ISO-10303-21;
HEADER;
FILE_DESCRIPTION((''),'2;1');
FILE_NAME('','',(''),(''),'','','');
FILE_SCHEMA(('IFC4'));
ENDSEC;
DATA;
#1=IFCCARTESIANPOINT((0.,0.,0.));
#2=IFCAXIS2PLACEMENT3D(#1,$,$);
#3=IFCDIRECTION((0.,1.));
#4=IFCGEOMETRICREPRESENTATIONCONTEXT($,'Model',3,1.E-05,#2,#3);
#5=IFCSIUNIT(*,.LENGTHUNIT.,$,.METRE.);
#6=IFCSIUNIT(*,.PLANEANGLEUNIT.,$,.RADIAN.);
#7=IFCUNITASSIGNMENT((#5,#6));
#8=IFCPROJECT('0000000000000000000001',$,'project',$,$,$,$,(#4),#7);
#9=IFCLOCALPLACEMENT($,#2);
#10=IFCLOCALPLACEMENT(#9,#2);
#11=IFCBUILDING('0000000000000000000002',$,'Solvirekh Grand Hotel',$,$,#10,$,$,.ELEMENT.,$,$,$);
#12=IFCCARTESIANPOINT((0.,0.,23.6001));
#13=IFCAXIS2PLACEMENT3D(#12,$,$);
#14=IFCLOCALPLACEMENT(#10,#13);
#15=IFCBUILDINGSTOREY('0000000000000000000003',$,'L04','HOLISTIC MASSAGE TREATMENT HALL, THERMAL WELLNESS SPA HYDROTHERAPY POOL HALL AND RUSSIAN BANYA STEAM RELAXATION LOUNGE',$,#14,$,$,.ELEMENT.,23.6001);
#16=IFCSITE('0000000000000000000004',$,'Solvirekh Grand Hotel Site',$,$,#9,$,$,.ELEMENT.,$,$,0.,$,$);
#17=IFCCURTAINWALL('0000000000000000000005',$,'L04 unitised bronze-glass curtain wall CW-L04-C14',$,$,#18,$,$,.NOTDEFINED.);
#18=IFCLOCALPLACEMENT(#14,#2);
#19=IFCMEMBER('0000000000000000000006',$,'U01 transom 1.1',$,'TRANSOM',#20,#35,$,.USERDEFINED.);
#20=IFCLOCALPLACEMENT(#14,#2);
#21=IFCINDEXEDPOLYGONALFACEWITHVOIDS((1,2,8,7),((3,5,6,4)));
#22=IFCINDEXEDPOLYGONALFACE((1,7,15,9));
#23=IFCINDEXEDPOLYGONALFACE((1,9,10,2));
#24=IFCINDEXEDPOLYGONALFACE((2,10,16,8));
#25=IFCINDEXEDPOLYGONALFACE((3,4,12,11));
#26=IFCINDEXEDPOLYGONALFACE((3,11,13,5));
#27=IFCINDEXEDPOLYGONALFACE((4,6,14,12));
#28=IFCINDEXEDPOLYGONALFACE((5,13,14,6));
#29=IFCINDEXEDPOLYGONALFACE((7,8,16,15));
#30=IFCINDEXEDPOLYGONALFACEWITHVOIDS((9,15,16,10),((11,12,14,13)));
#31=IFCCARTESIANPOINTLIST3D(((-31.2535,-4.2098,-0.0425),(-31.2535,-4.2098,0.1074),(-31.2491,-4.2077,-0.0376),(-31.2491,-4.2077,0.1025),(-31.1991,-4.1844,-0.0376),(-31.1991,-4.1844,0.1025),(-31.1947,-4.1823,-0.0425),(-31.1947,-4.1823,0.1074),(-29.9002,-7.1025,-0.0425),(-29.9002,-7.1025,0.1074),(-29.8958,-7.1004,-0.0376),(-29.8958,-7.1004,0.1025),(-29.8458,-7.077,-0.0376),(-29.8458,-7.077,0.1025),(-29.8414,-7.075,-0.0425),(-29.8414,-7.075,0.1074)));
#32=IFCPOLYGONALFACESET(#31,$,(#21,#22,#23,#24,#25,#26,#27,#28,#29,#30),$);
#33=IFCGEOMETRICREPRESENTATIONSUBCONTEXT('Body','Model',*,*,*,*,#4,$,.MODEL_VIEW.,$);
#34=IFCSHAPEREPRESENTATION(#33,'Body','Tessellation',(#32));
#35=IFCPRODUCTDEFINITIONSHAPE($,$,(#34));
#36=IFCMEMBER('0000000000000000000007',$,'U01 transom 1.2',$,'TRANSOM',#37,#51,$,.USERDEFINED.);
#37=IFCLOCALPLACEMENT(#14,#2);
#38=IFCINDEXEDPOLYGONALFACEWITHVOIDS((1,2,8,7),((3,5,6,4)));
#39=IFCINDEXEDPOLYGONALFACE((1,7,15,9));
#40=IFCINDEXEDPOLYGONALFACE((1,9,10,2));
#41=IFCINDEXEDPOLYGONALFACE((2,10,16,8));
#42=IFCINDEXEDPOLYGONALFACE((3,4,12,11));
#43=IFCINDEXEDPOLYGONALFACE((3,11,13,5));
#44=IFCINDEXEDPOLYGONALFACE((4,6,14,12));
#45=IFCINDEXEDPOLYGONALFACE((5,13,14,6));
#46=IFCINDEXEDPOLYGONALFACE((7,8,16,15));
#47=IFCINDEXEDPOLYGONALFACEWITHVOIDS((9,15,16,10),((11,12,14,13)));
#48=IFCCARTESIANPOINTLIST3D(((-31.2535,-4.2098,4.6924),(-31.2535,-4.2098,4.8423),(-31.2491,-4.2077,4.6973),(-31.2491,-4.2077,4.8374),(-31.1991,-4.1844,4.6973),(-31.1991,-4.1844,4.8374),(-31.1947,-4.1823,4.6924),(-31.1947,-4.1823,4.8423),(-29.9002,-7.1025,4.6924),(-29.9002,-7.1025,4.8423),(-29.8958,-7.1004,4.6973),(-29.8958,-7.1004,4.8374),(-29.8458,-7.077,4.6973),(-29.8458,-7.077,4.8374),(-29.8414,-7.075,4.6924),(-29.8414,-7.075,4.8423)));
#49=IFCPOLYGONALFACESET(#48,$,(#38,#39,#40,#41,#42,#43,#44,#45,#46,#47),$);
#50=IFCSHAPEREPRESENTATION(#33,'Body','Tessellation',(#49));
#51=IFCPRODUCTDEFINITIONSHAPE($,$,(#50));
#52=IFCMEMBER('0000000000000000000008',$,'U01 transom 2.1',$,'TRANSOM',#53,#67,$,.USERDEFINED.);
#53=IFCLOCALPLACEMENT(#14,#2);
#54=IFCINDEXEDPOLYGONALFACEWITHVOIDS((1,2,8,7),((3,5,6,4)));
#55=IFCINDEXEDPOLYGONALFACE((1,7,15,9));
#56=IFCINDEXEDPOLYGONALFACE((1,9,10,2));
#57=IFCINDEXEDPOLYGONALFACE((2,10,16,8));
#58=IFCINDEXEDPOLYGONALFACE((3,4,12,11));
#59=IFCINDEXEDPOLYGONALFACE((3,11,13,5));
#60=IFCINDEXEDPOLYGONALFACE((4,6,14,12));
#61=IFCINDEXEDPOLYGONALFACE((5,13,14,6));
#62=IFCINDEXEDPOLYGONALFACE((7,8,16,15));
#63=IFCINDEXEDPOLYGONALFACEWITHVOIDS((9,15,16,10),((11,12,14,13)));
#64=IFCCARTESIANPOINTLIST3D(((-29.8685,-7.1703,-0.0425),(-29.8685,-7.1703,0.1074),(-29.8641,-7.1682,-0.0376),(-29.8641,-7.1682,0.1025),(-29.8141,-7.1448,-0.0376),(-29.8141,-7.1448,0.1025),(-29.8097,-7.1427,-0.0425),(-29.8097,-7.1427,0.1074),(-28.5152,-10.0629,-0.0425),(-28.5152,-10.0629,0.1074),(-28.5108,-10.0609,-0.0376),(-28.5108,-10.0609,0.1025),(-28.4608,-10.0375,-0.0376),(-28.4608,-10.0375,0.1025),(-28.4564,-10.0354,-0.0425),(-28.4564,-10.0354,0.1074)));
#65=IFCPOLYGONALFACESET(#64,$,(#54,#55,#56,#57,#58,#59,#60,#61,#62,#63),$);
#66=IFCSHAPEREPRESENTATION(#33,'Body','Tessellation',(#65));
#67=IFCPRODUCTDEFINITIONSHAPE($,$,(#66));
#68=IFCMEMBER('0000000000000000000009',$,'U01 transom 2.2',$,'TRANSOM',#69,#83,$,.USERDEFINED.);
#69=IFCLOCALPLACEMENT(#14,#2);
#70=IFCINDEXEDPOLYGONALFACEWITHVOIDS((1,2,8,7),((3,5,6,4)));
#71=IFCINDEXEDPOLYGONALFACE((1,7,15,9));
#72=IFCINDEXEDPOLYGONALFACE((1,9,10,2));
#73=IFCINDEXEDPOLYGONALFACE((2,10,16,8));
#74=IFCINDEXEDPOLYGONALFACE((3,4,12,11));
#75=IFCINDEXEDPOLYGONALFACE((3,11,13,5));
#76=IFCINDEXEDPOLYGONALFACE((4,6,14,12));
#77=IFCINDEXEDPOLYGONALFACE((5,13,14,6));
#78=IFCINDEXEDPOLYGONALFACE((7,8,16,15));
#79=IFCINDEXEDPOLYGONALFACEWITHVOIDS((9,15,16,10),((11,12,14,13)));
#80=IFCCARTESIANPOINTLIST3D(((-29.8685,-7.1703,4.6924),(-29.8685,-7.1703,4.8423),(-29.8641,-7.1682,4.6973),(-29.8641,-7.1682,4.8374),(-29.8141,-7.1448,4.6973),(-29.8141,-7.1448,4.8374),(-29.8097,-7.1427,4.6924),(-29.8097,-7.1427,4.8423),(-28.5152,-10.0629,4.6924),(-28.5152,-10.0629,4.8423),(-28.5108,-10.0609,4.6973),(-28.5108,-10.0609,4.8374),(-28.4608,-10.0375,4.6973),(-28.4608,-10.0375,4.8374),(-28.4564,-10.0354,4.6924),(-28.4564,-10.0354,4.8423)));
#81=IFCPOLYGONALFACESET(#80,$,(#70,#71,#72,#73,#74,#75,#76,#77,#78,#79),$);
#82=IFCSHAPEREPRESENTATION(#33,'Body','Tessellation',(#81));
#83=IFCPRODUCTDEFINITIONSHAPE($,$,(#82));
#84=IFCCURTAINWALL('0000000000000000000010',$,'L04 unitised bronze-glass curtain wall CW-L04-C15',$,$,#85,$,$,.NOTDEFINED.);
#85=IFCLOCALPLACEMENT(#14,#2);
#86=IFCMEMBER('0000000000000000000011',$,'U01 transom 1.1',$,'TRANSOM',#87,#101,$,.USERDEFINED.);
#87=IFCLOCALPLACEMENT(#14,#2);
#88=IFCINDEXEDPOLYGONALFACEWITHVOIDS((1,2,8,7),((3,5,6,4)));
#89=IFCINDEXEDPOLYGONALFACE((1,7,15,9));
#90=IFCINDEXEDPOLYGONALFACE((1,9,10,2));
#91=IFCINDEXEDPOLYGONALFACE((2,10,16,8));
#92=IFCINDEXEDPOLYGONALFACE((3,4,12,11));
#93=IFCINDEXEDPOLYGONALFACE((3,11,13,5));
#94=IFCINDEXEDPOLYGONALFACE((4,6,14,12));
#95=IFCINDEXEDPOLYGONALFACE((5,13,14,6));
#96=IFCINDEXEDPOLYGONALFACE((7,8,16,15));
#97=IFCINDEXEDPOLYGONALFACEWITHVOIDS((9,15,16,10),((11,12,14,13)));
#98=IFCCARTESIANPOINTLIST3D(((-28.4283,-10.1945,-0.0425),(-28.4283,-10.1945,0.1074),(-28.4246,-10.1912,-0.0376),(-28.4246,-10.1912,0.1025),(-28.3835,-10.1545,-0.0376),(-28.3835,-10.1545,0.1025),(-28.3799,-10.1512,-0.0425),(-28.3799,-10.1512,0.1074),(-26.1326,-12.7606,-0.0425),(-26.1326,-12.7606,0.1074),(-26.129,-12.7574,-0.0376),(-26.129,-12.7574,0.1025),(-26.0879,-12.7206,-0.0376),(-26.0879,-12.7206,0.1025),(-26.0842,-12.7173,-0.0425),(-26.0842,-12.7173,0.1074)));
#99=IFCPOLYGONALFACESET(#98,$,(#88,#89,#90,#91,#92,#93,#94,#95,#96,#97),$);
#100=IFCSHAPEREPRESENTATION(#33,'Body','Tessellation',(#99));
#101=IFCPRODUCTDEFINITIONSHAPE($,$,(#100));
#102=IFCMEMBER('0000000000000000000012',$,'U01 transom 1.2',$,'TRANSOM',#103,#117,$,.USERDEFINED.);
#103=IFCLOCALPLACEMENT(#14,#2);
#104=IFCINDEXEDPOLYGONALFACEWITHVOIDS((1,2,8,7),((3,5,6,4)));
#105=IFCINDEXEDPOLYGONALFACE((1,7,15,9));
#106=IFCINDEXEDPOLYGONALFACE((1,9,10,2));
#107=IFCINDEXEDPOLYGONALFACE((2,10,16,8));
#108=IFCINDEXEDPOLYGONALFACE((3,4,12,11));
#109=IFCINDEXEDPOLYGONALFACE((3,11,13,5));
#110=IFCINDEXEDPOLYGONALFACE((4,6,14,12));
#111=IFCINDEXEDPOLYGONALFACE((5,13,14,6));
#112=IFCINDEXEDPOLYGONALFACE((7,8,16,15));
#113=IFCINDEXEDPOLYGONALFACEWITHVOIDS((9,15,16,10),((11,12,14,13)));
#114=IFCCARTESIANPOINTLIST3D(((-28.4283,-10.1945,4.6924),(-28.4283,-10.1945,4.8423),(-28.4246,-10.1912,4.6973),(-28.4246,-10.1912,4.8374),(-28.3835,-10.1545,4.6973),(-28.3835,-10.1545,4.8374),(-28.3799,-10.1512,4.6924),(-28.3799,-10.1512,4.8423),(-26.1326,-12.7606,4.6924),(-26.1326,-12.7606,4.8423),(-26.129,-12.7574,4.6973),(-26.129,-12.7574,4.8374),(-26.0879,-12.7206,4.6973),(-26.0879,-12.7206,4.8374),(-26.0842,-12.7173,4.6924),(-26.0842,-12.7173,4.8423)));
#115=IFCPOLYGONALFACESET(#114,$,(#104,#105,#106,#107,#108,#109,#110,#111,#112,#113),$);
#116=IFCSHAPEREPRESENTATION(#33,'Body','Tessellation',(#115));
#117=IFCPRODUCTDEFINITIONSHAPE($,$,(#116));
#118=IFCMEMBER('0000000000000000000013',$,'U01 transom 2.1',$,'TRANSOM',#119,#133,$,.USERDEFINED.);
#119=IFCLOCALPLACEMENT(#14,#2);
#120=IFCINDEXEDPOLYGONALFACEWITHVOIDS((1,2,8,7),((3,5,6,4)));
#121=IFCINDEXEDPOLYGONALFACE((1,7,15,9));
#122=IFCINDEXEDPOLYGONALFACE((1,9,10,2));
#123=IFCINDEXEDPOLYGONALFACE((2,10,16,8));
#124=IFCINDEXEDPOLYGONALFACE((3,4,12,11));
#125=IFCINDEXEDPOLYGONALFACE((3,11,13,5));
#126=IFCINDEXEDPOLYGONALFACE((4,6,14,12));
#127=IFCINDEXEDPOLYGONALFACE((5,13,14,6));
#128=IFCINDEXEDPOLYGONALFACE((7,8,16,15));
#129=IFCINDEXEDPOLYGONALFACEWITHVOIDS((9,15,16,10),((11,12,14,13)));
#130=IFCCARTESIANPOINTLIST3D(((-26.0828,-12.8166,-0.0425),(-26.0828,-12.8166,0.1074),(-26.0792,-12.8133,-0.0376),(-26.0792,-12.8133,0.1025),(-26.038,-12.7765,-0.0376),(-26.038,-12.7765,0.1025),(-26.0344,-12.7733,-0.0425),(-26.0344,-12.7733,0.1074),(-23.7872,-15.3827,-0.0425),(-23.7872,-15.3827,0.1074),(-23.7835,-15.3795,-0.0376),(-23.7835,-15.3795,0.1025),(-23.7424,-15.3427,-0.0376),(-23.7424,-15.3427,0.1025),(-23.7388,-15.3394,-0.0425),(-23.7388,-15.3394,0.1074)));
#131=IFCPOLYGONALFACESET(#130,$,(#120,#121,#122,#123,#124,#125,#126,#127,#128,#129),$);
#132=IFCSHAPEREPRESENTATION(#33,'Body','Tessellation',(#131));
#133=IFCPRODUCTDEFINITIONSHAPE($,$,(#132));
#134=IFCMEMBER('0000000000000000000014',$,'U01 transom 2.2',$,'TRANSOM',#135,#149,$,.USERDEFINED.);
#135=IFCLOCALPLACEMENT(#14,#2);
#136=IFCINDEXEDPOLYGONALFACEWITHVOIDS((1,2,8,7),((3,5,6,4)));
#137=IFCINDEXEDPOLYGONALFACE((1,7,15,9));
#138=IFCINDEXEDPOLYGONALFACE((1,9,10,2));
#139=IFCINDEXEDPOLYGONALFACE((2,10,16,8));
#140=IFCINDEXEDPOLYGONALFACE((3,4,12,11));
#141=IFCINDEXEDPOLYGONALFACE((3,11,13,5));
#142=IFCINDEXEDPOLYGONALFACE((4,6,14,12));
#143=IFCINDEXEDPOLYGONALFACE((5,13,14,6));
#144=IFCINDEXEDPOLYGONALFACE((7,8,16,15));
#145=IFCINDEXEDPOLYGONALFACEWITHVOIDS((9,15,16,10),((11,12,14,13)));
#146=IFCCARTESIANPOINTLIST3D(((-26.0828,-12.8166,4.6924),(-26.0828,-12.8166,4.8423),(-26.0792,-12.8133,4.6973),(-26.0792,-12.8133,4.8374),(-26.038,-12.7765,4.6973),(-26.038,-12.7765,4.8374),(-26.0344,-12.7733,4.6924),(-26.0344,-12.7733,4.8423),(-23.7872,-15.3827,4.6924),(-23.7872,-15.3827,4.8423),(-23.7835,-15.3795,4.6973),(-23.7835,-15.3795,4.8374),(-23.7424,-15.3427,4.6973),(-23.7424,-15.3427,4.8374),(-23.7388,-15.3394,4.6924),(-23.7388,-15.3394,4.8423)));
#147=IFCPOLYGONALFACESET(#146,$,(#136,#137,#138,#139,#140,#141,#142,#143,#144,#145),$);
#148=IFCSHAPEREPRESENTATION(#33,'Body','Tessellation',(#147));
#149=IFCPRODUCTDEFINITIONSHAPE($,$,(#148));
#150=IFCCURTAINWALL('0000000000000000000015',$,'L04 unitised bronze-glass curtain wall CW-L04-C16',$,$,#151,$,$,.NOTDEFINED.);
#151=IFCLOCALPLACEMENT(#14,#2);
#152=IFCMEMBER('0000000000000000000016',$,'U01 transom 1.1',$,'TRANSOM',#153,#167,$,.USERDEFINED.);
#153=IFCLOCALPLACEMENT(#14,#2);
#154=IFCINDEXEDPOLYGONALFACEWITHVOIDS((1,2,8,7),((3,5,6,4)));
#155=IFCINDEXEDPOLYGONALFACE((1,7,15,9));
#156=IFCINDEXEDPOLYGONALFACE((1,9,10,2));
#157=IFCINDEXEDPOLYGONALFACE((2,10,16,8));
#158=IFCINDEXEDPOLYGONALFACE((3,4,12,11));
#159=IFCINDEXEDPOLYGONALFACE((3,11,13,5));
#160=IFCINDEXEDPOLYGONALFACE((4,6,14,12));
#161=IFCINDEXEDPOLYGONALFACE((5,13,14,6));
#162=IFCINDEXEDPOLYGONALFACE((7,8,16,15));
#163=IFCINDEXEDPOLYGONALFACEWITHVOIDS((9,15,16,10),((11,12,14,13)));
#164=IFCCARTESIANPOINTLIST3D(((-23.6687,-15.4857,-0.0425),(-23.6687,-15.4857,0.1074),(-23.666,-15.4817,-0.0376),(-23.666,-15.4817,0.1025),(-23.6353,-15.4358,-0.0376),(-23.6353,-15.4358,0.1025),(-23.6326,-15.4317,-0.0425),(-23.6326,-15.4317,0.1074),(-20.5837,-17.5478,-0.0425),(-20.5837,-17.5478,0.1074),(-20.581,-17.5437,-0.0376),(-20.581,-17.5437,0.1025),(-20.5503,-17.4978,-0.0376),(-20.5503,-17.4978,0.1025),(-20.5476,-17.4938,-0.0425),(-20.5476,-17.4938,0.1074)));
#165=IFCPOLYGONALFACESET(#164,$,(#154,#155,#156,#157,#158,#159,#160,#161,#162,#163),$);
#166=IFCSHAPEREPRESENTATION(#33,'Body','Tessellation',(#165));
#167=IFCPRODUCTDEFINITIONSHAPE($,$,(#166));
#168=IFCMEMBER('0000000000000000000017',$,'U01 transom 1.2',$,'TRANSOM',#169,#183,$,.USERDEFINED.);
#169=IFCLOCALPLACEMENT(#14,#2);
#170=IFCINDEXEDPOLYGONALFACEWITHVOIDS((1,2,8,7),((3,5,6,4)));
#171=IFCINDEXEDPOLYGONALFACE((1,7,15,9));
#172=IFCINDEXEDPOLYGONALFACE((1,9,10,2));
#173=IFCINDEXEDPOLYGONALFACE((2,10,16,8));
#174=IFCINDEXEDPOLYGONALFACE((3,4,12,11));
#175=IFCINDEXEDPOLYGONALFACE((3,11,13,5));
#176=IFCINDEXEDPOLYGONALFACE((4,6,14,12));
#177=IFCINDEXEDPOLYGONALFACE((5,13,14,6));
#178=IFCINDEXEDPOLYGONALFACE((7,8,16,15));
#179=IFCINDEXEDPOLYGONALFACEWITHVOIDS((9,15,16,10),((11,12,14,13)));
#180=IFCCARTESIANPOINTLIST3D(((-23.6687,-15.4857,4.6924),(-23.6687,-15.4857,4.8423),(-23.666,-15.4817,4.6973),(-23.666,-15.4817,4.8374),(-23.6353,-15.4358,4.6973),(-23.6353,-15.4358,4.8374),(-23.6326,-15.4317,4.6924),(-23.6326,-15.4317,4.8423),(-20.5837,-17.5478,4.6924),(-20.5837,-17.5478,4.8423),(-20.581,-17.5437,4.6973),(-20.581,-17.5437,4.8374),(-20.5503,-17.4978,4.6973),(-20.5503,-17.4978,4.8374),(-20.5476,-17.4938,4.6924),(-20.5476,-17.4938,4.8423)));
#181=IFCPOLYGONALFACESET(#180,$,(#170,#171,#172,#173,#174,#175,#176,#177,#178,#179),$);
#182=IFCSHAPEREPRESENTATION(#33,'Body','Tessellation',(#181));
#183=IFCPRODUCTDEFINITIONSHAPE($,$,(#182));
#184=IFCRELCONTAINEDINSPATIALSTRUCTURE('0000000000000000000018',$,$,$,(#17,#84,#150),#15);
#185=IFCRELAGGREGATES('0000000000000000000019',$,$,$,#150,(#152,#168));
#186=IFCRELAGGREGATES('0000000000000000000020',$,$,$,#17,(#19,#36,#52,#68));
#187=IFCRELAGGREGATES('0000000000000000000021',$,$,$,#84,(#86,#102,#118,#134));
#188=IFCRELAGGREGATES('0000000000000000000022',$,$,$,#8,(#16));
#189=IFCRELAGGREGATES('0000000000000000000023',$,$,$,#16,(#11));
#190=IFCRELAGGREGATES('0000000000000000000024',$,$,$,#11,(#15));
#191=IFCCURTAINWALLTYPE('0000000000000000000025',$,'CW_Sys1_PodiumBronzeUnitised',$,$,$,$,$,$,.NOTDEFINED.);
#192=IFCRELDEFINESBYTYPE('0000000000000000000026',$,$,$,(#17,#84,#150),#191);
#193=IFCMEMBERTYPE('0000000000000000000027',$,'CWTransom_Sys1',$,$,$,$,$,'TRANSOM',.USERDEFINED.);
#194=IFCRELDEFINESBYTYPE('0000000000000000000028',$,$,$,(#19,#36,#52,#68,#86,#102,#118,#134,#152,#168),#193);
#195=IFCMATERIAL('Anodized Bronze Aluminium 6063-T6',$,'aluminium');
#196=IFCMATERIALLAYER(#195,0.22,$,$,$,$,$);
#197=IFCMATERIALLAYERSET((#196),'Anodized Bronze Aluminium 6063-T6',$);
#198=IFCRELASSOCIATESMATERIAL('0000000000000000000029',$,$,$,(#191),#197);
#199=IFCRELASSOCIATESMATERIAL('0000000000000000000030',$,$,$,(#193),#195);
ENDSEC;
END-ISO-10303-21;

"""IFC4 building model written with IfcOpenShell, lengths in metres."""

from ifc_helpers import new_model, si_unit, direction, frame, origin, origin_2d, place, context, subcontext, project, spatial, hollow_rectangle, extrude, source, transform, mapped, material, layer, layer_set, material_profile, profile_set, type_object, element, aggregate, save


model = new_model("IFC4")

# Units and contexts
model_context = context("Model", 3, precision=1e-05, world=origin(), true_north=direction((0.0, 1.0)))
body_context = subcontext(model_context, "Body", "Model", "MODEL_VIEW")
ifc_project = project(units=[si_unit("LENGTHUNIT", "METRE"), si_unit("PLANEANGLEUNIT", "RADIAN")], contexts=[model_context])

# Site, building, storey
site_placement = place(None, origin())
site = spatial("IfcSite", under=ifc_project, at=site_placement, Name="Solvirekh Grand Hotel Site", CompositionType="ELEMENT", RefElevation=0.0)
building_placement = place(site_placement, origin())
building = spatial("IfcBuilding", under=site, at=building_placement, Name="Solvirekh Grand Hotel", CompositionType="ELEMENT")
storey_placement = place(building_placement, frame((0.0, 0.0, 23.6001)))
storey = spatial("IfcBuildingStorey", under=building, at=storey_placement, Name="L04", Description="HOLISTIC MASSAGE TREATMENT HALL, THERMAL WELLNESS SPA HYDROTHERAPY POOL HALL AND RUSSIAN BANYA STEAM RELAXATION LOUNGE", CompositionType="ELEMENT", Elevation=23.6001)

# Curtain walls, members
ifc_material_1 = material(Name="Anodized Bronze Aluminium 6063-T6", Category="aluminium")
ifc_layer_1 = layer(ifc_material_1, 0.22)
ifc_layer_set_1 = layer_set([ifc_layer_1], Name="Anodized Bronze Aluminium 6063-T6")
curtain_wall_type = type_object("IfcCurtainWallType", Name="CW_Sys1_PodiumBronzeUnitised", PredefinedType="NOTDEFINED", material=ifc_layer_set_1)
curtain_wall_1_placement = place(storey_placement, origin())
curtain_wall_1 = element("IfcCurtainWall", 1, at=curtain_wall_1_placement, inside=storey, type_object=curtain_wall_type, Name="L04 unitised bronze-glass curtain wall CW-L04-C14", PredefinedType="NOTDEFINED")
ifc_material_profile_1 = material_profile(ifc_material_1, hollow_rectangle(XDim=0.0649, YDim=0.1499, WallThickness=0.0049, at=origin_2d()), Name="ALU RHS 150X65X5")
ifc_profile_set_1 = profile_set([ifc_material_profile_1], Name="Anodized Bronze Aluminium 6063-T6")
member_type_1 = type_object("IfcMemberType", Name="CWTransom_Sys1", ElementType="TRANSOM", PredefinedType="USERDEFINED", material=ifc_profile_set_1)
shared_shape_1 = source(origin(), body_context, "Body", "SweptSolid", [
    extrude(hollow_rectangle(XDim=0.0649, YDim=0.1499, WallThickness=0.0049, at=origin_2d()), origin(), (0.0, 0.0, 1.0), 3.1936),
])
member_1_placement = place(storey_placement, frame((-31.2241, -4.196, 0.0325), z_axis=(0.42376, -0.905775, 0.0), x_axis=(0.905775, 0.42376, 0.0)))
member_1 = element("IfcMember", 2, at=member_1_placement, type_object=member_type_1, Name="U01 transom 1.1", ObjectType="TRANSOM", PredefinedType="USERDEFINED", context=body_context, shape_type="MappedRepresentation", body=[
    mapped(shared_shape_1, transform((0.0, 0.0, 0.0), x_axis=(1.0, 0.0, 0.0), y_axis=(0.0, 1.0, 0.0), z_axis=(0.0, 0.0, 1.0), scale=1.0)),
])
member_2_placement = place(storey_placement, frame((-31.2241, -4.196, 4.7673), z_axis=(0.42376, -0.905775, 0.0), x_axis=(0.905775, 0.42376, 0.0)))
member_2 = element("IfcMember", 3, at=member_2_placement, type_object=member_type_1, Name="U01 transom 1.2", ObjectType="TRANSOM", PredefinedType="USERDEFINED", context=body_context, shape_type="MappedRepresentation", body=[
    mapped(shared_shape_1, transform((0.0, 0.0, 0.0), x_axis=(1.0, 0.0, 0.0), y_axis=(0.0, 1.0, 0.0), z_axis=(0.0, 0.0, 1.0), scale=1.0)),
])
member_3_placement = place(storey_placement, frame((-29.8391, -7.1565, 0.0325), z_axis=(0.42376, -0.905775, 0.0), x_axis=(0.905775, 0.42376, 0.0)))
member_3 = element("IfcMember", 4, at=member_3_placement, type_object=member_type_1, Name="U01 transom 2.1", ObjectType="TRANSOM", PredefinedType="USERDEFINED", context=body_context, shape_type="MappedRepresentation", body=[
    mapped(shared_shape_1, transform((0.0, 0.0, 0.0), x_axis=(1.0, 0.0, 0.0), y_axis=(0.0, 1.0, 0.0), z_axis=(0.0, 0.0, 1.0), scale=1.0)),
])
member_4_placement = place(storey_placement, frame((-29.8391, -7.1565, 4.7673), z_axis=(0.42376, -0.905775, 0.0), x_axis=(0.905775, 0.42376, 0.0)))
member_4 = element("IfcMember", 5, at=member_4_placement, type_object=member_type_1, Name="U01 transom 2.2", ObjectType="TRANSOM", PredefinedType="USERDEFINED", context=body_context, shape_type="MappedRepresentation", body=[
    mapped(shared_shape_1, transform((0.0, 0.0, 0.0), x_axis=(1.0, 0.0, 0.0), y_axis=(0.0, 1.0, 0.0), z_axis=(0.0, 0.0, 1.0), scale=1.0)),
])
curtain_wall_2_placement = place(storey_placement, origin())
curtain_wall_2 = element("IfcCurtainWall", 6, at=curtain_wall_2_placement, inside=storey, type_object=curtain_wall_type, Name="L04 unitised bronze-glass curtain wall CW-L04-C15", PredefinedType="NOTDEFINED")
shared_shape_2 = source(origin(), body_context, "Body", "SweptSolid", [
    extrude(hollow_rectangle(XDim=0.0649, YDim=0.1499, WallThickness=0.0049, at=origin_2d()), origin(), (0.0, 0.0, 1.0), 3.4431),
])
member_5_placement = place(storey_placement, frame((-28.4041, -10.1729, 0.0325), z_axis=(0.666733, -0.745297, 0.0), x_axis=(0.745297, 0.666733, 0.0)))
member_5 = element("IfcMember", 7, at=member_5_placement, type_object=member_type_1, Name="U01 transom 1.1", ObjectType="TRANSOM", PredefinedType="USERDEFINED", context=body_context, shape_type="MappedRepresentation", body=[
    mapped(shared_shape_2, transform((0.0, 0.0, 0.0), x_axis=(1.0, 0.0, 0.0), y_axis=(0.0, 1.0, 0.0), z_axis=(0.0, 0.0, 1.0), scale=1.0)),
])
member_6_placement = place(storey_placement, frame((-28.4041, -10.1729, 4.7673), z_axis=(0.666733, -0.745297, 0.0), x_axis=(0.745297, 0.666733, 0.0)))
member_6 = element("IfcMember", 8, at=member_6_placement, type_object=member_type_1, Name="U01 transom 1.2", ObjectType="TRANSOM", PredefinedType="USERDEFINED", context=body_context, shape_type="MappedRepresentation", body=[
    mapped(shared_shape_2, transform((0.0, 0.0, 0.0), x_axis=(1.0, 0.0, 0.0), y_axis=(0.0, 1.0, 0.0), z_axis=(0.0, 0.0, 1.0), scale=1.0)),
])
member_7_placement = place(storey_placement, frame((-26.0586, -12.7949, 0.0325), z_axis=(0.666733, -0.745297, 0.0), x_axis=(0.745297, 0.666733, 0.0)))
member_7 = element("IfcMember", 9, at=member_7_placement, type_object=member_type_1, Name="U01 transom 2.1", ObjectType="TRANSOM", PredefinedType="USERDEFINED", context=body_context, shape_type="MappedRepresentation", body=[
    mapped(shared_shape_2, transform((0.0, 0.0, 0.0), x_axis=(1.0, 0.0, 0.0), y_axis=(0.0, 1.0, 0.0), z_axis=(0.0, 0.0, 1.0), scale=1.0)),
])
member_8_placement = place(storey_placement, frame((-26.0586, -12.7949, 4.7673), z_axis=(0.666733, -0.745297, 0.0), x_axis=(0.745297, 0.666733, 0.0)))
member_8 = element("IfcMember", 10, at=member_8_placement, type_object=member_type_1, Name="U01 transom 2.2", ObjectType="TRANSOM", PredefinedType="USERDEFINED", context=body_context, shape_type="MappedRepresentation", body=[
    mapped(shared_shape_2, transform((0.0, 0.0, 0.0), x_axis=(1.0, 0.0, 0.0), y_axis=(0.0, 1.0, 0.0), z_axis=(0.0, 0.0, 1.0), scale=1.0)),
])
curtain_wall_3_placement = place(storey_placement, origin())
curtain_wall_3 = element("IfcCurtainWall", 11, at=curtain_wall_3_placement, inside=storey, type_object=curtain_wall_type, Name="L04 unitised bronze-glass curtain wall CW-L04-C16", PredefinedType="NOTDEFINED")
shared_shape_3 = source(origin(), body_context, "Body", "SweptSolid", [
    extrude(hollow_rectangle(XDim=0.0649, YDim=0.1499, WallThickness=0.0049, at=origin_2d()), origin(), (0.0, 0.0, 1.0), 3.7107),
])
member_9_placement = place(storey_placement, frame((-23.6506, -15.4587, 0.0325), z_axis=(0.831382, -0.555702, 0.0), x_axis=(0.555702, 0.831382, 0.0)))
member_9 = element("IfcMember", 12, at=member_9_placement, type_object=member_type_1, Name="U01 transom 1.1", ObjectType="TRANSOM", PredefinedType="USERDEFINED", context=body_context, shape_type="MappedRepresentation", body=[
    mapped(shared_shape_3, transform((0.0, 0.0, 0.0), x_axis=(1.0, 0.0, 0.0), y_axis=(0.0, 1.0, 0.0), z_axis=(0.0, 0.0, 1.0), scale=1.0)),
])
member_10_placement = place(storey_placement, frame((-23.6506, -15.4587, 4.7673), z_axis=(0.831382, -0.555702, 0.0), x_axis=(0.555702, 0.831382, 0.0)))
member_10 = element("IfcMember", 13, at=member_10_placement, type_object=member_type_1, Name="U01 transom 1.2", ObjectType="TRANSOM", PredefinedType="USERDEFINED", context=body_context, shape_type="MappedRepresentation", body=[
    mapped(shared_shape_3, transform((0.0, 0.0, 0.0), x_axis=(1.0, 0.0, 0.0), y_axis=(0.0, 1.0, 0.0), z_axis=(0.0, 0.0, 1.0), scale=1.0)),
])

aggregate(curtain_wall_3, [member_9, member_10])

aggregate(curtain_wall_1, [member_1, member_2, member_3, member_4])
aggregate(curtain_wall_2, [member_5, member_6, member_7, member_8])

save(model, "model.ifc")
